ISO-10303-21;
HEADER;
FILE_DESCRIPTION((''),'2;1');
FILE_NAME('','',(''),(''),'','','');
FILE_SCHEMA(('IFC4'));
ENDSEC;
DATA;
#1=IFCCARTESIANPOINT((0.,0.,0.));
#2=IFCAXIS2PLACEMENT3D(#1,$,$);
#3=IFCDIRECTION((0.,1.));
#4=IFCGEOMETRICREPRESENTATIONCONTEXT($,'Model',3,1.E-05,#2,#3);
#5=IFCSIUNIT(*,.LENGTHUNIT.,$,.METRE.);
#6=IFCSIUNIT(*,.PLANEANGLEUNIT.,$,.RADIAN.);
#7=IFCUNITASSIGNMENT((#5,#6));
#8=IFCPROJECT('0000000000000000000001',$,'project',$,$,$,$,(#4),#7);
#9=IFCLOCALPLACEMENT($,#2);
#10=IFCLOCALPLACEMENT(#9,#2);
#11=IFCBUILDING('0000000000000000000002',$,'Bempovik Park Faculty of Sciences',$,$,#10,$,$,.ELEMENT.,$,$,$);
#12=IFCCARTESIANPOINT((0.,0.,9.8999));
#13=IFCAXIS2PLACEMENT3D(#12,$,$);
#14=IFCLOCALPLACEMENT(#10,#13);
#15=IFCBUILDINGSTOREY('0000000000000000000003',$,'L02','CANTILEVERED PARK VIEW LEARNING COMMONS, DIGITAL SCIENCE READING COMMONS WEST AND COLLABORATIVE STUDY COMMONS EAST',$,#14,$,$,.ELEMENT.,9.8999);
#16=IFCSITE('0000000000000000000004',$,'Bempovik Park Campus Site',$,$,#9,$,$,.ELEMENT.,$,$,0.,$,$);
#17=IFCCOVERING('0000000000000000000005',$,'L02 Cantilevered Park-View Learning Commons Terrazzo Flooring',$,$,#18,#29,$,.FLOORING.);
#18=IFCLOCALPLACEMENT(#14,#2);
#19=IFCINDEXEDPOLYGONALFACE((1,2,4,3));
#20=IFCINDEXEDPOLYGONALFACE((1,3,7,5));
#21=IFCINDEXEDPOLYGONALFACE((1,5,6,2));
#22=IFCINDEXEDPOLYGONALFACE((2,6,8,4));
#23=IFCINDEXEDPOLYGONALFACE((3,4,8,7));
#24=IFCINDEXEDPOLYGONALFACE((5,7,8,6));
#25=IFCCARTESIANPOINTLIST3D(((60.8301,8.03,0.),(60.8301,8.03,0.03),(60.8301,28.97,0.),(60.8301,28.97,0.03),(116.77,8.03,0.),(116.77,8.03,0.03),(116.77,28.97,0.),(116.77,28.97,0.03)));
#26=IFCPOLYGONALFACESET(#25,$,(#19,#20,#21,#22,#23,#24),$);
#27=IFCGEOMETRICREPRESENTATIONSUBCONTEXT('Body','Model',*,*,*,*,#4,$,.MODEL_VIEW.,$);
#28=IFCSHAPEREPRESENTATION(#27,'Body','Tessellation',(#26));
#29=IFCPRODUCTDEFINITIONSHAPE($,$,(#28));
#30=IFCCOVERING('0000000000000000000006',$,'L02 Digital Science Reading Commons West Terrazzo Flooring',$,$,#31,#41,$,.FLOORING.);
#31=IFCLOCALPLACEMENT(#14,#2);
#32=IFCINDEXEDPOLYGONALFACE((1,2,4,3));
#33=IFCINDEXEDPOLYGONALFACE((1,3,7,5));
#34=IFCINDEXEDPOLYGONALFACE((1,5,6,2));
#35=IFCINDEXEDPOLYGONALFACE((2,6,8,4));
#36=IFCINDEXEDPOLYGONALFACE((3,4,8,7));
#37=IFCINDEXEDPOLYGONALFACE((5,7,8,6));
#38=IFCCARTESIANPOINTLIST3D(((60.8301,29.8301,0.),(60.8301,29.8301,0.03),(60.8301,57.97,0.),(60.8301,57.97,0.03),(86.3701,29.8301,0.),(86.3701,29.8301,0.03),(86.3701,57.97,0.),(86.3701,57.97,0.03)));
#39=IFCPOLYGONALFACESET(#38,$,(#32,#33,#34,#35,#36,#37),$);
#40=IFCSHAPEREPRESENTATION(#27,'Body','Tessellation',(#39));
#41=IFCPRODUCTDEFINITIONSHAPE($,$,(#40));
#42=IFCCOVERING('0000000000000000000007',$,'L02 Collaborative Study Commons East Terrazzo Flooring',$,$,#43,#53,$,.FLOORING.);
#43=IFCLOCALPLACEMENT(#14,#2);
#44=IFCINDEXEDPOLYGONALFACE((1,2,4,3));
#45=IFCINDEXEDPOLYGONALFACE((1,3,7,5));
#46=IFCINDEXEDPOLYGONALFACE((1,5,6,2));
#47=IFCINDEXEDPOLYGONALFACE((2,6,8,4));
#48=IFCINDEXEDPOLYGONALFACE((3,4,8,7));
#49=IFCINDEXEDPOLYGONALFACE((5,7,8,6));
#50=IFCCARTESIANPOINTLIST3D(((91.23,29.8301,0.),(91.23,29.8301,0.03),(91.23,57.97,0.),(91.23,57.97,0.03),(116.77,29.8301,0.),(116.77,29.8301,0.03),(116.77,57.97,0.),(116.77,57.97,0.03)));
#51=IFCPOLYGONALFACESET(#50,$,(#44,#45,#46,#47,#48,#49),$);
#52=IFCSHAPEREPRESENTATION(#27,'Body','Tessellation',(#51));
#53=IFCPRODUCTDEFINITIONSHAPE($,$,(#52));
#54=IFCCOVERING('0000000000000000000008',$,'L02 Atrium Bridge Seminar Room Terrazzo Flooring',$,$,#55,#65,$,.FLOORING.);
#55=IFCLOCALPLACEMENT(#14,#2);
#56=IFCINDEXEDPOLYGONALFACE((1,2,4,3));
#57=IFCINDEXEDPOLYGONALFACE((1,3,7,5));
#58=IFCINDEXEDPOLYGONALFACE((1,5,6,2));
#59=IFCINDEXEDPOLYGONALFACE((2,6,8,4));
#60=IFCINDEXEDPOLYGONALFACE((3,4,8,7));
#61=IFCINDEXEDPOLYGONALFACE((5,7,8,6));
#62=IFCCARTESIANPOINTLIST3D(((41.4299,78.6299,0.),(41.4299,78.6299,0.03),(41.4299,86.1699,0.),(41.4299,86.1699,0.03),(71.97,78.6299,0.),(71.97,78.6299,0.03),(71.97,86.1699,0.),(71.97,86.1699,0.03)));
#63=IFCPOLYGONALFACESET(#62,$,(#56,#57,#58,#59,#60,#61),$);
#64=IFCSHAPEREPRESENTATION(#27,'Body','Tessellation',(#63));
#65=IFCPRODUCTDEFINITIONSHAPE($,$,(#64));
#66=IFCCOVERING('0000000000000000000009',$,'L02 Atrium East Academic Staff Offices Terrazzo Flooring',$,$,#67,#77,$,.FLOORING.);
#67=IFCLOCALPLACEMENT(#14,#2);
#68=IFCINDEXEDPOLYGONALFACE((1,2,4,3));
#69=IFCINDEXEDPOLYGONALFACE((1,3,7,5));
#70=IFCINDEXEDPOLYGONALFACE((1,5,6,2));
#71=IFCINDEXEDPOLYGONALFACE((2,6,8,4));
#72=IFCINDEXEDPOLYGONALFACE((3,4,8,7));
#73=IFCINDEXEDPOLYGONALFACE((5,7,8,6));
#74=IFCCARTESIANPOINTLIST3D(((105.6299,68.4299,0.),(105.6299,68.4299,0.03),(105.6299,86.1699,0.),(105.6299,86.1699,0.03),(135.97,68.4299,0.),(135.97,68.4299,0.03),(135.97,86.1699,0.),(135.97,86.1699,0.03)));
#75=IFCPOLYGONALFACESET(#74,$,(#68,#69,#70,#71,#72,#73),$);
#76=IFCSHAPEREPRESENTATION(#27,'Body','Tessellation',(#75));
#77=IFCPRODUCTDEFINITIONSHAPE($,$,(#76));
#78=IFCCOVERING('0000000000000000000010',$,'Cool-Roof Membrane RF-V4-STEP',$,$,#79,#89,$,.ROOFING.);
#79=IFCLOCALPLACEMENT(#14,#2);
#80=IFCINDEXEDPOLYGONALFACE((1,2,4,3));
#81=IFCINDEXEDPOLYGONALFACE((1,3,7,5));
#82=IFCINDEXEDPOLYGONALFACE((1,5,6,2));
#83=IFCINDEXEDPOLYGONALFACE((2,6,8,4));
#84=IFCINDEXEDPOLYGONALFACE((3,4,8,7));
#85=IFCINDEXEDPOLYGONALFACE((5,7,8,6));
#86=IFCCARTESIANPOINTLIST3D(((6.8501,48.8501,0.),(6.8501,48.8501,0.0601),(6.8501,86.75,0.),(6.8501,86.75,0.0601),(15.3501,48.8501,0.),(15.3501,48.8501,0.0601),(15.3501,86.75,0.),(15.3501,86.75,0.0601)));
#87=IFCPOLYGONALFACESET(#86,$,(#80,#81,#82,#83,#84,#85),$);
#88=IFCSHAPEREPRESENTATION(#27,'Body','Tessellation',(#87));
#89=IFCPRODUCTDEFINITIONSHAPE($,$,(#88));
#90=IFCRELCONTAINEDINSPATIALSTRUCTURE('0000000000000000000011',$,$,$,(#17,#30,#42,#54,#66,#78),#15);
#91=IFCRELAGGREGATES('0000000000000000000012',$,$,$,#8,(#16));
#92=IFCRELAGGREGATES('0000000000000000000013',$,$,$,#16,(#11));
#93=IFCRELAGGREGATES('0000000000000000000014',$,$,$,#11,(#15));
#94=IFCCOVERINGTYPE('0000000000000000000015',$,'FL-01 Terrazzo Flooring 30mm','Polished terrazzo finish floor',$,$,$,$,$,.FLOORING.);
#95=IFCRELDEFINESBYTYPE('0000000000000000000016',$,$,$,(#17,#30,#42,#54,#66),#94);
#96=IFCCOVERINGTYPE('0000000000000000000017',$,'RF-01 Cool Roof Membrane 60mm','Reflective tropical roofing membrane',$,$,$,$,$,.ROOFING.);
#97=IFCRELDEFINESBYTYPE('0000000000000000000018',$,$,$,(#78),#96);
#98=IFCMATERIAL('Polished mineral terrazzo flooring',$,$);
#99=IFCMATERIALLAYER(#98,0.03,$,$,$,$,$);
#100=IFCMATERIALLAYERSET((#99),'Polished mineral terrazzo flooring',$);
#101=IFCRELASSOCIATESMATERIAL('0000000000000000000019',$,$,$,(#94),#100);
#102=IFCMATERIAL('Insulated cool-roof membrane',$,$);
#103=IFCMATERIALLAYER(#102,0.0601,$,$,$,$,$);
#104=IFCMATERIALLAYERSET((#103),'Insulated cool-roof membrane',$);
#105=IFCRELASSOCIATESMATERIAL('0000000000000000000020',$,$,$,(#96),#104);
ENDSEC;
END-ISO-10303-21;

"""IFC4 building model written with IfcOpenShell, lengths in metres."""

from ifc_helpers import new_model, si_unit, direction, frame, origin, place, context, subcontext, project, spatial, polyline, outline, extrude, material, layer, layer_set, type_object, element, save


model = new_model("IFC4")

# Units and contexts
model_context = context("Model", 3, precision=1e-05, world=origin(), true_north=direction((0.0, 1.0)))
body_context = subcontext(model_context, "Body", "Model", "MODEL_VIEW")
ifc_project = project(units=[si_unit("LENGTHUNIT", "METRE"), si_unit("PLANEANGLEUNIT", "RADIAN")], contexts=[model_context])

# Site, building, storey
site_placement = place(None, origin())
site = spatial("IfcSite", under=ifc_project, at=site_placement, Name="Bempovik Park Campus Site", CompositionType="ELEMENT", RefElevation=0.0)
building_placement = place(site_placement, origin())
building = spatial("IfcBuilding", under=site, at=building_placement, Name="Bempovik Park Faculty of Sciences", CompositionType="ELEMENT")
storey_placement = place(building_placement, frame((0.0, 0.0, 9.8999)))
storey = spatial("IfcBuildingStorey", under=building, at=storey_placement, Name="L02", Description="CANTILEVERED PARK VIEW LEARNING COMMONS, DIGITAL SCIENCE READING COMMONS WEST AND COLLABORATIVE STUDY COMMONS EAST", CompositionType="ELEMENT", Elevation=9.8999)

# Coverings
ifc_material_1 = material(Name="Polished mineral terrazzo flooring")
ifc_layer_1 = layer(ifc_material_1, 0.03)
ifc_layer_set_1 = layer_set([ifc_layer_1], Name="Polished mineral terrazzo flooring")
covering_type_1 = type_object("IfcCoveringType", Name="FL-01 Terrazzo Flooring 30mm", Description="Polished terrazzo finish floor", PredefinedType="FLOORING", material=ifc_layer_set_1)
covering_1_placement = place(storey_placement, origin())
element("IfcCovering", 1, at=covering_1_placement, inside=storey, type_object=covering_type_1, Name="L02 Cantilevered Park-View Learning Commons Terrazzo Flooring", PredefinedType="FLOORING", context=body_context, shape_type="SweptSolid", body=[
    extrude(outline(polyline([(60.8301, 8.03), (116.77, 8.03), (116.77, 28.97), (60.8301, 28.97), (60.8301, 8.03)])), origin(), (0.0, 0.0, 1.0), 0.03),
])
covering_2_placement = place(storey_placement, origin())
element("IfcCovering", 2, at=covering_2_placement, inside=storey, type_object=covering_type_1, Name="L02 Digital Science Reading Commons West Terrazzo Flooring", PredefinedType="FLOORING", context=body_context, shape_type="SweptSolid", body=[
    extrude(outline(polyline([(60.8301, 29.8301), (86.3701, 29.8301), (86.3701, 57.97), (60.8301, 57.97), (60.8301, 29.8301)])), origin(), (0.0, 0.0, 1.0), 0.03),
])
covering_3_placement = place(storey_placement, origin())
element("IfcCovering", 3, at=covering_3_placement, inside=storey, type_object=covering_type_1, Name="L02 Collaborative Study Commons East Terrazzo Flooring", PredefinedType="FLOORING", context=body_context, shape_type="SweptSolid", body=[
    extrude(outline(polyline([(91.23, 29.8301), (116.77, 29.8301), (116.77, 57.97), (91.23, 57.97), (91.23, 29.8301)])), origin(), (0.0, 0.0, 1.0), 0.03),
])
covering_4_placement = place(storey_placement, origin())
element("IfcCovering", 4, at=covering_4_placement, inside=storey, type_object=covering_type_1, Name="L02 Atrium Bridge Seminar Room Terrazzo Flooring", PredefinedType="FLOORING", context=body_context, shape_type="SweptSolid", body=[
    extrude(outline(polyline([(41.4299, 78.6299), (71.97, 78.6299), (71.97, 86.1699), (41.4299, 86.1699), (41.4299, 78.6299)])), origin(), (0.0, 0.0, 1.0), 0.03),
])
covering_5_placement = place(storey_placement, origin())
element("IfcCovering", 5, at=covering_5_placement, inside=storey, type_object=covering_type_1, Name="L02 Atrium East Academic Staff Offices Terrazzo Flooring", PredefinedType="FLOORING", context=body_context, shape_type="SweptSolid", body=[
    extrude(outline(polyline([(105.6299, 68.4299), (135.97, 68.4299), (135.97, 86.1699), (105.6299, 86.1699), (105.6299, 68.4299)])), origin(), (0.0, 0.0, 1.0), 0.03),
])
ifc_material_2 = material(Name="Insulated cool-roof membrane")
ifc_layer_2 = layer(ifc_material_2, 0.0601)
ifc_layer_set_2 = layer_set([ifc_layer_2], Name="Insulated cool-roof membrane")
covering_type_2 = type_object("IfcCoveringType", Name="RF-01 Cool Roof Membrane 60mm", Description="Reflective tropical roofing membrane", PredefinedType="ROOFING", material=ifc_layer_set_2)
covering_6_placement = place(storey_placement, origin())
element("IfcCovering", 6, at=covering_6_placement, inside=storey, type_object=covering_type_2, Name="Cool-Roof Membrane RF-V4-STEP", PredefinedType="ROOFING", context=body_context, shape_type="SweptSolid", body=[
    extrude(outline(polyline([(6.8501, 48.8501), (15.3501, 48.8501), (15.3501, 86.75), (6.8501, 86.75), (6.8501, 48.8501)])), origin(), (0.0, 0.0, 1.0), 0.0601),
])

save(model, "model.ifc")
